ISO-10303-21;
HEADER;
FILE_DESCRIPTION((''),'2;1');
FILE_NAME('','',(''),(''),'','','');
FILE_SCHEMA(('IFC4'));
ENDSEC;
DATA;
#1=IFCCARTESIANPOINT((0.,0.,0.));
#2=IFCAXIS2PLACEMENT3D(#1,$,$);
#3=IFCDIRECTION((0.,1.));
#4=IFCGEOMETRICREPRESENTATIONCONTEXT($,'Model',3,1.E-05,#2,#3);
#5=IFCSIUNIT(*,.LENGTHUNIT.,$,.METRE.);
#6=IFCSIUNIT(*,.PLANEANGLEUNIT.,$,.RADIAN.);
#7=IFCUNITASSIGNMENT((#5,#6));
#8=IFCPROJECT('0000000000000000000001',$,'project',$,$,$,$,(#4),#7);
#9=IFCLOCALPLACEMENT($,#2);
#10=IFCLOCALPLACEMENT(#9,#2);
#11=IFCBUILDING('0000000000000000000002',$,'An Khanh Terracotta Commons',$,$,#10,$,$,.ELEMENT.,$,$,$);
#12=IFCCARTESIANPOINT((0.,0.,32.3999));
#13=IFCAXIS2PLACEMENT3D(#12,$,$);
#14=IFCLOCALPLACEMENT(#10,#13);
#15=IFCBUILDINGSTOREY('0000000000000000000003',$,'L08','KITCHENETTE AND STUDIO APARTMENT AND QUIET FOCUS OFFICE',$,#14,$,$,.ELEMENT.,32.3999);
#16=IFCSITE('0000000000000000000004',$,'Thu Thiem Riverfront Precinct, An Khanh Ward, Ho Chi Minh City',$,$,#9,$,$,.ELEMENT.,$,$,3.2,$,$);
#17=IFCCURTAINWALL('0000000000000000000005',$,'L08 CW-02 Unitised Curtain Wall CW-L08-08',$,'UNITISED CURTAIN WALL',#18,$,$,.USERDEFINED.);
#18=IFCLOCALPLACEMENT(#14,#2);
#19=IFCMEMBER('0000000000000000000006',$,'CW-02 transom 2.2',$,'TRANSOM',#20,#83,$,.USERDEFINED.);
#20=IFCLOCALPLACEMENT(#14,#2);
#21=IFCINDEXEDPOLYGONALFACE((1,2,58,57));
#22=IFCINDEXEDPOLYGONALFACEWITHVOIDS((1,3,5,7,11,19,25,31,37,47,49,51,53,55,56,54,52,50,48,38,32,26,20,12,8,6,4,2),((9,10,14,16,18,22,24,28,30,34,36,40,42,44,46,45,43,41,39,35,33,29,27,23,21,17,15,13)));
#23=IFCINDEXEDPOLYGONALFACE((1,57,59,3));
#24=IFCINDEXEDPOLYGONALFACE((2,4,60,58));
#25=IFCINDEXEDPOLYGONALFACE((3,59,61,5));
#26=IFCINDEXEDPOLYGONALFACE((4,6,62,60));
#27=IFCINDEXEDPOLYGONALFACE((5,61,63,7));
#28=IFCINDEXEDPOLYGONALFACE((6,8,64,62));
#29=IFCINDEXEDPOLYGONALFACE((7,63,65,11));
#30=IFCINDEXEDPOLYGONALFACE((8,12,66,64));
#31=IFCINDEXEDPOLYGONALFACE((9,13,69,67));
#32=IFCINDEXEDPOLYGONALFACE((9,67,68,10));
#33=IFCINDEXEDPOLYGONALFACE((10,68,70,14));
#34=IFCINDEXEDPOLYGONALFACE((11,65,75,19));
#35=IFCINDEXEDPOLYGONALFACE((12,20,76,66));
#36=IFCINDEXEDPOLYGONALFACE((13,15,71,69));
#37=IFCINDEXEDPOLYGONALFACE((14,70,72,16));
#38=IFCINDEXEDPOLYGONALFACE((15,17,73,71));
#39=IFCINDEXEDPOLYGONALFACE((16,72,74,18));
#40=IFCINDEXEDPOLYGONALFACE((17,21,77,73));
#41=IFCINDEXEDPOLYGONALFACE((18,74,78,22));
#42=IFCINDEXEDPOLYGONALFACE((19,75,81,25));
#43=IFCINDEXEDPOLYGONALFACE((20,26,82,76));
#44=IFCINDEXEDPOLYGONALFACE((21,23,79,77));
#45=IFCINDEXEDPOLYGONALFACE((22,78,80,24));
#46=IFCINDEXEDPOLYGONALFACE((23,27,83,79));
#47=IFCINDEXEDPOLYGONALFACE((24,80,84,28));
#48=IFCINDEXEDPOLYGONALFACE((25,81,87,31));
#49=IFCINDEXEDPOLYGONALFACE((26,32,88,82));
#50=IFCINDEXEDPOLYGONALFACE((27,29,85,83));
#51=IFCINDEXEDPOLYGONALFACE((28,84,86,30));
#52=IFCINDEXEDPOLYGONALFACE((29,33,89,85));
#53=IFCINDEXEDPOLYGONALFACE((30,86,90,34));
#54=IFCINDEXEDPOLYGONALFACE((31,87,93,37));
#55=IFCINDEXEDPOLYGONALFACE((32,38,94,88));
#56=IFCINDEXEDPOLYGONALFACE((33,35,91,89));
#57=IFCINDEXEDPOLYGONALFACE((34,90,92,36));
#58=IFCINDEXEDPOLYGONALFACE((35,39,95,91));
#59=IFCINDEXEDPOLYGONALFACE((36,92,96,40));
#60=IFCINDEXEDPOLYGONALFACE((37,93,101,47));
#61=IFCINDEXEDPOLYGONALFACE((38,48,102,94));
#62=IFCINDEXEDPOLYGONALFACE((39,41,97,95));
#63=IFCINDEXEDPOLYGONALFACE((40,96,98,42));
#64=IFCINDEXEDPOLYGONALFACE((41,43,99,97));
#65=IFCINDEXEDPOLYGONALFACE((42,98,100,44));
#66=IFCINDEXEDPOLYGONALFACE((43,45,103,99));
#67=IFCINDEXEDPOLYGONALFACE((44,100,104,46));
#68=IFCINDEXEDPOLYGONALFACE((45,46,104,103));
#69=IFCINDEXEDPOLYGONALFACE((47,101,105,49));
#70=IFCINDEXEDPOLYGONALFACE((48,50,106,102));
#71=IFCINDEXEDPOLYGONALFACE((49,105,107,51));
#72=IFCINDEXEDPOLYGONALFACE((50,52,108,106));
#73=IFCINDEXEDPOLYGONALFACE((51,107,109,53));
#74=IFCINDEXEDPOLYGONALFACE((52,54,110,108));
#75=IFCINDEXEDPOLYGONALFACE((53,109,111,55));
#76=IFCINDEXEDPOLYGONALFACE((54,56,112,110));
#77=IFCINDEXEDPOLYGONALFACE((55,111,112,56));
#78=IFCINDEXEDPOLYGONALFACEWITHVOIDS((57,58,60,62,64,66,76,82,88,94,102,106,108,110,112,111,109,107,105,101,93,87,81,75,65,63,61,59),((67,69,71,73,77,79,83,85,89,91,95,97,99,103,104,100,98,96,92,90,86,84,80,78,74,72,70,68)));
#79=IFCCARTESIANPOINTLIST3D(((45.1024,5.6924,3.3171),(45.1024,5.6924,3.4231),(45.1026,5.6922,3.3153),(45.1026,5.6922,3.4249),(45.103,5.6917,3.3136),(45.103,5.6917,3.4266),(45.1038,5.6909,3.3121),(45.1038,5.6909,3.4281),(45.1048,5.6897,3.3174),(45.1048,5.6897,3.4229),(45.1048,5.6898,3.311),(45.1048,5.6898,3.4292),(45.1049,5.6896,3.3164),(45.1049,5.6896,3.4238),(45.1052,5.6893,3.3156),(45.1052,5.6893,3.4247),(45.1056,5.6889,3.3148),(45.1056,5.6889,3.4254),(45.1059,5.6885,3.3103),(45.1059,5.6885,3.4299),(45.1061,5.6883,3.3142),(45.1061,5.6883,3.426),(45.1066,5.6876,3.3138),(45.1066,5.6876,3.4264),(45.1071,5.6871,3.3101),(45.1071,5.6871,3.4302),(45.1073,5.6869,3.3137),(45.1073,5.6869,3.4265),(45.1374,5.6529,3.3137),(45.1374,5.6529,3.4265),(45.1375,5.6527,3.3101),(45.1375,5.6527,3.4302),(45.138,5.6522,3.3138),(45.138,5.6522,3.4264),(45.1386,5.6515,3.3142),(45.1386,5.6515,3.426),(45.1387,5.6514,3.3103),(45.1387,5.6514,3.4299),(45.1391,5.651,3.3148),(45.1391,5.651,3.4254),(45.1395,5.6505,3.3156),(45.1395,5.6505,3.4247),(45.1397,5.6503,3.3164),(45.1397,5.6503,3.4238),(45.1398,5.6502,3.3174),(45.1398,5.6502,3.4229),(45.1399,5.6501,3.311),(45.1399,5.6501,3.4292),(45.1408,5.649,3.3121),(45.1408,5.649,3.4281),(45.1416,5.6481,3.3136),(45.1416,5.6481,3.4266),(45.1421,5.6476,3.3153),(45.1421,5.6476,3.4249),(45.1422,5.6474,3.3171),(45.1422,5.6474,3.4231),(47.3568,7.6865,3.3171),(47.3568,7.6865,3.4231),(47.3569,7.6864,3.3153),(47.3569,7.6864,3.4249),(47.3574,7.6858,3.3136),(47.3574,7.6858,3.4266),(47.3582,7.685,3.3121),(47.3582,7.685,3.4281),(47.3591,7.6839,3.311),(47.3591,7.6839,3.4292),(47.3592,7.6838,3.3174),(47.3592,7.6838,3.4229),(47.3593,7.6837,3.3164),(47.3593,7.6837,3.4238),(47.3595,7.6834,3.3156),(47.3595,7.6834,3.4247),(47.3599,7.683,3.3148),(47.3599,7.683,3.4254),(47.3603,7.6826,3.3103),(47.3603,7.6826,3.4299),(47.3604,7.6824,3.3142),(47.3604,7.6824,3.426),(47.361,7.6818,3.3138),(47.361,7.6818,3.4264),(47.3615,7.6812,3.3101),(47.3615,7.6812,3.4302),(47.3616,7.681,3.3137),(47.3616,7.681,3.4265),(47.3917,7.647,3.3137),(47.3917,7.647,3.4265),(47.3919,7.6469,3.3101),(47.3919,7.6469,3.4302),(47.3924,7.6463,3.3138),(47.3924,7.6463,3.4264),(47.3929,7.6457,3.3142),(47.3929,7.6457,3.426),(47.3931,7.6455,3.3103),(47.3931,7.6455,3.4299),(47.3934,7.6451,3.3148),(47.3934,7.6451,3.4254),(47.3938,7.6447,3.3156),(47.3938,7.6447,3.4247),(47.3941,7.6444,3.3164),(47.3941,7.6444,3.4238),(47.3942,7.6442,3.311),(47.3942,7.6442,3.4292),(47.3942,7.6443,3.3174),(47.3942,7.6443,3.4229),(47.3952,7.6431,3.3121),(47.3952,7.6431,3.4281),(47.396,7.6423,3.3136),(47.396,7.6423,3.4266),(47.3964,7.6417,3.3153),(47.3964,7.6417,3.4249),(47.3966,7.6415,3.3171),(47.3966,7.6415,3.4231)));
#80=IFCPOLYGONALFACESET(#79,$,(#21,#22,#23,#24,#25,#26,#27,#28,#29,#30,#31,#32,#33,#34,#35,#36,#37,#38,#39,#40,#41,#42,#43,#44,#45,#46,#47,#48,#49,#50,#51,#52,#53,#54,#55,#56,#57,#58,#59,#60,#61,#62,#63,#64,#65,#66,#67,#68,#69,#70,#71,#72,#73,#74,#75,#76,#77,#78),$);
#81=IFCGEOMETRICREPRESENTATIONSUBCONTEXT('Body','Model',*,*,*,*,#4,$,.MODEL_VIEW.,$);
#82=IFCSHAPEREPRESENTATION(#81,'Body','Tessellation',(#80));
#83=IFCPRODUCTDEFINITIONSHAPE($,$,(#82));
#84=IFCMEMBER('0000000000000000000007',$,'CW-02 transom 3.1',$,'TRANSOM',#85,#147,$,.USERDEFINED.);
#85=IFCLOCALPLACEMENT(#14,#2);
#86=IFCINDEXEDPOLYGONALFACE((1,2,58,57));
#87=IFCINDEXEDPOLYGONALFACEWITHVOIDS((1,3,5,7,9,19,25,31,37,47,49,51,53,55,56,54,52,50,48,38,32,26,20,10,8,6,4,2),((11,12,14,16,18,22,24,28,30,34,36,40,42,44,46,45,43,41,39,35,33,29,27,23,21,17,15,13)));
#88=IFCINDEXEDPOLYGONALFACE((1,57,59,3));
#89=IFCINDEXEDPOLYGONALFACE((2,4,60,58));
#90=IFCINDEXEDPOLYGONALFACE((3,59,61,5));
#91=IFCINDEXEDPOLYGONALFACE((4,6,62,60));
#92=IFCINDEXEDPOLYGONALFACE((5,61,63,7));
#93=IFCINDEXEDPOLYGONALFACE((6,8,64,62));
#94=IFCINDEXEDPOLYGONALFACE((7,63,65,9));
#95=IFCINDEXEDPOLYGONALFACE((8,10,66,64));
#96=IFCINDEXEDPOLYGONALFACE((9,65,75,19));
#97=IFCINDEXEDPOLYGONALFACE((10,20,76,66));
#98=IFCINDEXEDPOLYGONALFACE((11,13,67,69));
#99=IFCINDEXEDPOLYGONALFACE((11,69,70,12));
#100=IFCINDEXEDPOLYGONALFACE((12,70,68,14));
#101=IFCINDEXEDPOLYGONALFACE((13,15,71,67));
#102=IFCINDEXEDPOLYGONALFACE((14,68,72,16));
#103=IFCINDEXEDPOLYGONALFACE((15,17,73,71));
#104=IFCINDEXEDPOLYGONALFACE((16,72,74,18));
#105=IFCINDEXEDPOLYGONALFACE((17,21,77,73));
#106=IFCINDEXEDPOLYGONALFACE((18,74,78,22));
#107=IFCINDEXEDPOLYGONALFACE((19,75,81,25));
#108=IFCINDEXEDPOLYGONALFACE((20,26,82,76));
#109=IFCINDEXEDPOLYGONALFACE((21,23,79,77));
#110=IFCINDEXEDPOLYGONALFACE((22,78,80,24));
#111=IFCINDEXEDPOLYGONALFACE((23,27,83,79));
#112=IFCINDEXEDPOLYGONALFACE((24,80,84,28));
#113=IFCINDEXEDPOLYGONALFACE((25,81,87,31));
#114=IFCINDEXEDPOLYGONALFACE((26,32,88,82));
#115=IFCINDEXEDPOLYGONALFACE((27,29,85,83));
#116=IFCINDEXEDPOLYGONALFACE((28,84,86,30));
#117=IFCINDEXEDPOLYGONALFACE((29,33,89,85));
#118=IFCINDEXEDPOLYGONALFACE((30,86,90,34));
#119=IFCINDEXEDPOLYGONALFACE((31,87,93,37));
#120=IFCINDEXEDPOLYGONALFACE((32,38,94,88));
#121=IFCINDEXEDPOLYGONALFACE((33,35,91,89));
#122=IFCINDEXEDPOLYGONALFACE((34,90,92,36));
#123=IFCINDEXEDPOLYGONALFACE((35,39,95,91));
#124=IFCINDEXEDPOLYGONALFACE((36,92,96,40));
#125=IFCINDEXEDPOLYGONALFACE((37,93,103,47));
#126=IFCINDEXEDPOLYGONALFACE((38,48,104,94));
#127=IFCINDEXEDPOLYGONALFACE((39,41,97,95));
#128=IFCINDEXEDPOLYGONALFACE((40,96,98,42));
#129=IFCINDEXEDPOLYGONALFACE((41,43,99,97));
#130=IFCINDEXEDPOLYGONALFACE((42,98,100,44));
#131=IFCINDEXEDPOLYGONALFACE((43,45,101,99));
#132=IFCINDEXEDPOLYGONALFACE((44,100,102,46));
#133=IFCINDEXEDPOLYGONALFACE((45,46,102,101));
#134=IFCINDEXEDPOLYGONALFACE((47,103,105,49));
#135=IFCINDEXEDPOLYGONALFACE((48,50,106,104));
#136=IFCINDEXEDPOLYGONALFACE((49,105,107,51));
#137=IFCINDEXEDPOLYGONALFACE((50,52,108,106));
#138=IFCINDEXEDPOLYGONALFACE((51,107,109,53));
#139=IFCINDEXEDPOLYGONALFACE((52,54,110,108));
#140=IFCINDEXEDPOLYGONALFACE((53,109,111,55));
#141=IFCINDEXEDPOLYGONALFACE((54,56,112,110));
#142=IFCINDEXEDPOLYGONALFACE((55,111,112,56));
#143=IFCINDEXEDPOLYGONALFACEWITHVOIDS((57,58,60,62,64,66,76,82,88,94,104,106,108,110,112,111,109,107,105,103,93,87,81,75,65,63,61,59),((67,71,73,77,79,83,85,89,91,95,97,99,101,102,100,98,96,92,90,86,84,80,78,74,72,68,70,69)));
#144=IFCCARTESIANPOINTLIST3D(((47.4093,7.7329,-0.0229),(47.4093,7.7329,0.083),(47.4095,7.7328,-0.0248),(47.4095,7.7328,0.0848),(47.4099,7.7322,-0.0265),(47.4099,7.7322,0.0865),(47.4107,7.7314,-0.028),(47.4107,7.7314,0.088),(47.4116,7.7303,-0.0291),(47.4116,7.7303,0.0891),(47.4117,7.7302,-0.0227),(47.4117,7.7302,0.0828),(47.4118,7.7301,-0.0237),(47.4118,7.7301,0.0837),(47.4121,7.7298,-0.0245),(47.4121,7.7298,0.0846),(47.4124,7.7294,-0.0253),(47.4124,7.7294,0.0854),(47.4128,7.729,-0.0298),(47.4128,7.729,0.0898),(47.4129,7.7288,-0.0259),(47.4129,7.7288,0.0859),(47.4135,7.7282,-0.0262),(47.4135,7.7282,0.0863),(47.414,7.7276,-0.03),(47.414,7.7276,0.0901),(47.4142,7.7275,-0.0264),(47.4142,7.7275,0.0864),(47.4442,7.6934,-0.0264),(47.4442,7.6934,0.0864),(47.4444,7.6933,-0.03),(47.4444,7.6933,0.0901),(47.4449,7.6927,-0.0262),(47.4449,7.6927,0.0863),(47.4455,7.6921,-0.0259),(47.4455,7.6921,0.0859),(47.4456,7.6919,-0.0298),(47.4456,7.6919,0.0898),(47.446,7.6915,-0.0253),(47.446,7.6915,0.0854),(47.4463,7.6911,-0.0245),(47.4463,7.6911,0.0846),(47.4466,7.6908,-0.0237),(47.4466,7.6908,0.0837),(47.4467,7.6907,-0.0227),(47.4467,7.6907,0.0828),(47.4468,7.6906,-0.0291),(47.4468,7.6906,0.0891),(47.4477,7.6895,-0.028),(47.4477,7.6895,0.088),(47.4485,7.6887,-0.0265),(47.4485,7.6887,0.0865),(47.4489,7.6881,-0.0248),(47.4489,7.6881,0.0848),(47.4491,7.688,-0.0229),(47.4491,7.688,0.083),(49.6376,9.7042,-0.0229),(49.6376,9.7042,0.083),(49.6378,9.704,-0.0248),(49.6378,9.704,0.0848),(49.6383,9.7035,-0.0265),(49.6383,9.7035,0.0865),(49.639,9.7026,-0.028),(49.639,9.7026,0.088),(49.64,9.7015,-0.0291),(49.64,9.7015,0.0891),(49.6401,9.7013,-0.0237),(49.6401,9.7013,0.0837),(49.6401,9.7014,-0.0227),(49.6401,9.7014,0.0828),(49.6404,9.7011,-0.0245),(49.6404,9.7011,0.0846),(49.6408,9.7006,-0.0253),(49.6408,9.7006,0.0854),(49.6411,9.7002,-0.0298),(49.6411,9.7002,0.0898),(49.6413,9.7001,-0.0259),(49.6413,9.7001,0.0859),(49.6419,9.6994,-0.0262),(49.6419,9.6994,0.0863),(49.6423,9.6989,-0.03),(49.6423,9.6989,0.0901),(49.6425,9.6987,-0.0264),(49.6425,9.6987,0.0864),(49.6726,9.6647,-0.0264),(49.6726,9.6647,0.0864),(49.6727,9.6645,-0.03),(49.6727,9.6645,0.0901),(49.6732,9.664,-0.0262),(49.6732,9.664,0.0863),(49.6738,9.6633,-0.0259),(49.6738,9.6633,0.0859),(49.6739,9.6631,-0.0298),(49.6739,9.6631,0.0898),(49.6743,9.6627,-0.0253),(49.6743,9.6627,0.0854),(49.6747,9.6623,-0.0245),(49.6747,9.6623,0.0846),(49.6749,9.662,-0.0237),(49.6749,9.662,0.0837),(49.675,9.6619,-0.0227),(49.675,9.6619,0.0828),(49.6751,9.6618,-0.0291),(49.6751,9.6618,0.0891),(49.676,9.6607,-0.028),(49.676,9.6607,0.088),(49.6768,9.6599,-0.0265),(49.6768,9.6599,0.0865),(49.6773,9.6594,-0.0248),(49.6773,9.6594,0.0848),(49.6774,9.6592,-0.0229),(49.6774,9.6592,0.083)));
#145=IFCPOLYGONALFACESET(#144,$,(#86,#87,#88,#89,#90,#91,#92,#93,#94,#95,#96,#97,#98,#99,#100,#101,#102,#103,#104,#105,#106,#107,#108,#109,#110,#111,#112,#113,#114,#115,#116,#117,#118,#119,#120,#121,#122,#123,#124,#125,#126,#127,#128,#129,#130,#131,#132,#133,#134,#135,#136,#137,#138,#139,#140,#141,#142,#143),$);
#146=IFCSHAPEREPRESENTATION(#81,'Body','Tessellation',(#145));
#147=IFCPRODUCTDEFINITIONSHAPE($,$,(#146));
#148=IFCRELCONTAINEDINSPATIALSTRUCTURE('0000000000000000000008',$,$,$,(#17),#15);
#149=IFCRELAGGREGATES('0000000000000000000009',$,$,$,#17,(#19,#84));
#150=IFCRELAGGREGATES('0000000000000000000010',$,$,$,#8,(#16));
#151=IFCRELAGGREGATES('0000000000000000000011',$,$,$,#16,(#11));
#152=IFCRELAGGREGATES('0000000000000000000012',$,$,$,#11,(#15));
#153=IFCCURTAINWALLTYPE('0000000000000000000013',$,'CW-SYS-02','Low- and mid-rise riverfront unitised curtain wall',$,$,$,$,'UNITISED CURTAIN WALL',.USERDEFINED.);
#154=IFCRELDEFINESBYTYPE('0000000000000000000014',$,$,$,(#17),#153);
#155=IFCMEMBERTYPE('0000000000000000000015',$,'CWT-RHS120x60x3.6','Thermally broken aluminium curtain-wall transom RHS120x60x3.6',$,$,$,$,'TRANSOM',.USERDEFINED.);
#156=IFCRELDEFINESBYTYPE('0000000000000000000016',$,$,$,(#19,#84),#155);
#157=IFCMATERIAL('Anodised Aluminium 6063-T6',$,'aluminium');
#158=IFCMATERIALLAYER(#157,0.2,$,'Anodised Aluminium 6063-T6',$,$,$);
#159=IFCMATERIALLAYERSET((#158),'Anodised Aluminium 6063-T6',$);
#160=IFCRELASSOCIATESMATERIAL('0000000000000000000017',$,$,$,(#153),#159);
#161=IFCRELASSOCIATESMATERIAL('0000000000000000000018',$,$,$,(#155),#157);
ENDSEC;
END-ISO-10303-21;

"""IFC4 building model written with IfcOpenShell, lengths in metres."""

from ifc_helpers import new_model, si_unit, direction, frame, origin, origin_2d, place, context, subcontext, project, spatial, hollow_rectangle, extrude, material, layer, layer_set, material_profile, profile_set, type_object, element, aggregate, save


model = new_model("IFC4")

# Units and contexts
model_context = context("Model", 3, precision=1e-05, world=origin(), true_north=direction((0.0, 1.0)))
body_context = subcontext(model_context, "Body", "Model", "MODEL_VIEW")
ifc_project = project(units=[si_unit("LENGTHUNIT", "METRE"), si_unit("PLANEANGLEUNIT", "RADIAN")], contexts=[model_context])

# Site, building, storey
site_placement = place(None, origin())
site = spatial("IfcSite", under=ifc_project, at=site_placement, Name="Thu Thiem Riverfront Precinct, An Khanh Ward, Ho Chi Minh City", CompositionType="ELEMENT", RefElevation=3.2)
building_placement = place(site_placement, origin())
building = spatial("IfcBuilding", under=site, at=building_placement, Name="An Khanh Terracotta Commons", CompositionType="ELEMENT")
storey_placement = place(building_placement, frame((0.0, 0.0, 32.3999)))
storey = spatial("IfcBuildingStorey", under=building, at=storey_placement, Name="L08", Description="KITCHENETTE AND STUDIO APARTMENT AND QUIET FOCUS OFFICE", CompositionType="ELEMENT", Elevation=32.3999)

# Curtain wall
ifc_material_1 = material(Name="Anodised Aluminium 6063-T6", Category="aluminium")
ifc_layer_1 = layer(ifc_material_1, 0.2, Name="Anodised Aluminium 6063-T6")
ifc_layer_set_1 = layer_set([ifc_layer_1], Name="Anodised Aluminium 6063-T6")
curtain_wall_type = type_object("IfcCurtainWallType", Name="CW-SYS-02", Description="Low- and mid-rise riverfront unitised curtain wall", ElementType="UNITISED CURTAIN WALL", PredefinedType="USERDEFINED", material=ifc_layer_set_1)
curtain_wall_1_placement = place(storey_placement, origin())
curtain_wall_1 = element("IfcCurtainWall", 1, at=curtain_wall_1_placement, inside=storey, type_object=curtain_wall_type, Name="L08 CW-02 Unitised Curtain Wall CW-L08-08", ObjectType="UNITISED CURTAIN WALL", PredefinedType="USERDEFINED")

# Members
ifc_material_profile_1 = material_profile(ifc_material_1, hollow_rectangle(XDim=0.0601, YDim=0.1201, WallThickness=0.0037, InnerFilletRadius=0.0037, OuterFilletRadius=0.0071, at=origin_2d()), Name="RHS120x60x3.6")
ifc_profile_set_1 = profile_set([ifc_material_profile_1], Name="Anodised Aluminium 6063-T6")
member_type_1 = type_object("IfcMemberType", Name="CWT-RHS120x60x3.6", Description="Thermally broken aluminium curtain-wall transom RHS120x60x3.6", ElementType="TRANSOM", PredefinedType="USERDEFINED", material=ifc_profile_set_1)
member_1_placement = place(storey_placement, frame((45.1223, 5.6699, 3.3701), z_axis=(0.749018, 0.662549, 0.0), x_axis=(-0.662549, 0.749018, 0.0)))
member_1 = element("IfcMember", 2, at=member_1_placement, type_object=member_type_1, Name="CW-02 transom 2.2", ObjectType="TRANSOM", PredefinedType="USERDEFINED", context=body_context, shape_type="SweptSolid", body=[
    extrude(hollow_rectangle(XDim=0.0601, YDim=0.1201, WallThickness=0.0037, InnerFilletRadius=0.0037, OuterFilletRadius=0.0071, at=origin_2d()), origin(), (0.0, 0.0, 1.0), 3.0098),
])
member_2_placement = place(storey_placement, frame((47.4292, 7.7104, 0.03), z_axis=(0.748992, 0.662579, 0.0), x_axis=(-0.662579, 0.748992, 0.0)))
member_2 = element("IfcMember", 3, at=member_2_placement, type_object=member_type_1, Name="CW-02 transom 3.1", ObjectType="TRANSOM", PredefinedType="USERDEFINED", context=body_context, shape_type="SweptSolid", body=[
    extrude(hollow_rectangle(XDim=0.0601, YDim=0.1201, WallThickness=0.0037, InnerFilletRadius=0.0037, OuterFilletRadius=0.0071, at=origin_2d()), origin(), (0.0, 0.0, 1.0), 2.9751),
])

aggregate(curtain_wall_1, [member_1, member_2])

save(model, "model.ifc")
